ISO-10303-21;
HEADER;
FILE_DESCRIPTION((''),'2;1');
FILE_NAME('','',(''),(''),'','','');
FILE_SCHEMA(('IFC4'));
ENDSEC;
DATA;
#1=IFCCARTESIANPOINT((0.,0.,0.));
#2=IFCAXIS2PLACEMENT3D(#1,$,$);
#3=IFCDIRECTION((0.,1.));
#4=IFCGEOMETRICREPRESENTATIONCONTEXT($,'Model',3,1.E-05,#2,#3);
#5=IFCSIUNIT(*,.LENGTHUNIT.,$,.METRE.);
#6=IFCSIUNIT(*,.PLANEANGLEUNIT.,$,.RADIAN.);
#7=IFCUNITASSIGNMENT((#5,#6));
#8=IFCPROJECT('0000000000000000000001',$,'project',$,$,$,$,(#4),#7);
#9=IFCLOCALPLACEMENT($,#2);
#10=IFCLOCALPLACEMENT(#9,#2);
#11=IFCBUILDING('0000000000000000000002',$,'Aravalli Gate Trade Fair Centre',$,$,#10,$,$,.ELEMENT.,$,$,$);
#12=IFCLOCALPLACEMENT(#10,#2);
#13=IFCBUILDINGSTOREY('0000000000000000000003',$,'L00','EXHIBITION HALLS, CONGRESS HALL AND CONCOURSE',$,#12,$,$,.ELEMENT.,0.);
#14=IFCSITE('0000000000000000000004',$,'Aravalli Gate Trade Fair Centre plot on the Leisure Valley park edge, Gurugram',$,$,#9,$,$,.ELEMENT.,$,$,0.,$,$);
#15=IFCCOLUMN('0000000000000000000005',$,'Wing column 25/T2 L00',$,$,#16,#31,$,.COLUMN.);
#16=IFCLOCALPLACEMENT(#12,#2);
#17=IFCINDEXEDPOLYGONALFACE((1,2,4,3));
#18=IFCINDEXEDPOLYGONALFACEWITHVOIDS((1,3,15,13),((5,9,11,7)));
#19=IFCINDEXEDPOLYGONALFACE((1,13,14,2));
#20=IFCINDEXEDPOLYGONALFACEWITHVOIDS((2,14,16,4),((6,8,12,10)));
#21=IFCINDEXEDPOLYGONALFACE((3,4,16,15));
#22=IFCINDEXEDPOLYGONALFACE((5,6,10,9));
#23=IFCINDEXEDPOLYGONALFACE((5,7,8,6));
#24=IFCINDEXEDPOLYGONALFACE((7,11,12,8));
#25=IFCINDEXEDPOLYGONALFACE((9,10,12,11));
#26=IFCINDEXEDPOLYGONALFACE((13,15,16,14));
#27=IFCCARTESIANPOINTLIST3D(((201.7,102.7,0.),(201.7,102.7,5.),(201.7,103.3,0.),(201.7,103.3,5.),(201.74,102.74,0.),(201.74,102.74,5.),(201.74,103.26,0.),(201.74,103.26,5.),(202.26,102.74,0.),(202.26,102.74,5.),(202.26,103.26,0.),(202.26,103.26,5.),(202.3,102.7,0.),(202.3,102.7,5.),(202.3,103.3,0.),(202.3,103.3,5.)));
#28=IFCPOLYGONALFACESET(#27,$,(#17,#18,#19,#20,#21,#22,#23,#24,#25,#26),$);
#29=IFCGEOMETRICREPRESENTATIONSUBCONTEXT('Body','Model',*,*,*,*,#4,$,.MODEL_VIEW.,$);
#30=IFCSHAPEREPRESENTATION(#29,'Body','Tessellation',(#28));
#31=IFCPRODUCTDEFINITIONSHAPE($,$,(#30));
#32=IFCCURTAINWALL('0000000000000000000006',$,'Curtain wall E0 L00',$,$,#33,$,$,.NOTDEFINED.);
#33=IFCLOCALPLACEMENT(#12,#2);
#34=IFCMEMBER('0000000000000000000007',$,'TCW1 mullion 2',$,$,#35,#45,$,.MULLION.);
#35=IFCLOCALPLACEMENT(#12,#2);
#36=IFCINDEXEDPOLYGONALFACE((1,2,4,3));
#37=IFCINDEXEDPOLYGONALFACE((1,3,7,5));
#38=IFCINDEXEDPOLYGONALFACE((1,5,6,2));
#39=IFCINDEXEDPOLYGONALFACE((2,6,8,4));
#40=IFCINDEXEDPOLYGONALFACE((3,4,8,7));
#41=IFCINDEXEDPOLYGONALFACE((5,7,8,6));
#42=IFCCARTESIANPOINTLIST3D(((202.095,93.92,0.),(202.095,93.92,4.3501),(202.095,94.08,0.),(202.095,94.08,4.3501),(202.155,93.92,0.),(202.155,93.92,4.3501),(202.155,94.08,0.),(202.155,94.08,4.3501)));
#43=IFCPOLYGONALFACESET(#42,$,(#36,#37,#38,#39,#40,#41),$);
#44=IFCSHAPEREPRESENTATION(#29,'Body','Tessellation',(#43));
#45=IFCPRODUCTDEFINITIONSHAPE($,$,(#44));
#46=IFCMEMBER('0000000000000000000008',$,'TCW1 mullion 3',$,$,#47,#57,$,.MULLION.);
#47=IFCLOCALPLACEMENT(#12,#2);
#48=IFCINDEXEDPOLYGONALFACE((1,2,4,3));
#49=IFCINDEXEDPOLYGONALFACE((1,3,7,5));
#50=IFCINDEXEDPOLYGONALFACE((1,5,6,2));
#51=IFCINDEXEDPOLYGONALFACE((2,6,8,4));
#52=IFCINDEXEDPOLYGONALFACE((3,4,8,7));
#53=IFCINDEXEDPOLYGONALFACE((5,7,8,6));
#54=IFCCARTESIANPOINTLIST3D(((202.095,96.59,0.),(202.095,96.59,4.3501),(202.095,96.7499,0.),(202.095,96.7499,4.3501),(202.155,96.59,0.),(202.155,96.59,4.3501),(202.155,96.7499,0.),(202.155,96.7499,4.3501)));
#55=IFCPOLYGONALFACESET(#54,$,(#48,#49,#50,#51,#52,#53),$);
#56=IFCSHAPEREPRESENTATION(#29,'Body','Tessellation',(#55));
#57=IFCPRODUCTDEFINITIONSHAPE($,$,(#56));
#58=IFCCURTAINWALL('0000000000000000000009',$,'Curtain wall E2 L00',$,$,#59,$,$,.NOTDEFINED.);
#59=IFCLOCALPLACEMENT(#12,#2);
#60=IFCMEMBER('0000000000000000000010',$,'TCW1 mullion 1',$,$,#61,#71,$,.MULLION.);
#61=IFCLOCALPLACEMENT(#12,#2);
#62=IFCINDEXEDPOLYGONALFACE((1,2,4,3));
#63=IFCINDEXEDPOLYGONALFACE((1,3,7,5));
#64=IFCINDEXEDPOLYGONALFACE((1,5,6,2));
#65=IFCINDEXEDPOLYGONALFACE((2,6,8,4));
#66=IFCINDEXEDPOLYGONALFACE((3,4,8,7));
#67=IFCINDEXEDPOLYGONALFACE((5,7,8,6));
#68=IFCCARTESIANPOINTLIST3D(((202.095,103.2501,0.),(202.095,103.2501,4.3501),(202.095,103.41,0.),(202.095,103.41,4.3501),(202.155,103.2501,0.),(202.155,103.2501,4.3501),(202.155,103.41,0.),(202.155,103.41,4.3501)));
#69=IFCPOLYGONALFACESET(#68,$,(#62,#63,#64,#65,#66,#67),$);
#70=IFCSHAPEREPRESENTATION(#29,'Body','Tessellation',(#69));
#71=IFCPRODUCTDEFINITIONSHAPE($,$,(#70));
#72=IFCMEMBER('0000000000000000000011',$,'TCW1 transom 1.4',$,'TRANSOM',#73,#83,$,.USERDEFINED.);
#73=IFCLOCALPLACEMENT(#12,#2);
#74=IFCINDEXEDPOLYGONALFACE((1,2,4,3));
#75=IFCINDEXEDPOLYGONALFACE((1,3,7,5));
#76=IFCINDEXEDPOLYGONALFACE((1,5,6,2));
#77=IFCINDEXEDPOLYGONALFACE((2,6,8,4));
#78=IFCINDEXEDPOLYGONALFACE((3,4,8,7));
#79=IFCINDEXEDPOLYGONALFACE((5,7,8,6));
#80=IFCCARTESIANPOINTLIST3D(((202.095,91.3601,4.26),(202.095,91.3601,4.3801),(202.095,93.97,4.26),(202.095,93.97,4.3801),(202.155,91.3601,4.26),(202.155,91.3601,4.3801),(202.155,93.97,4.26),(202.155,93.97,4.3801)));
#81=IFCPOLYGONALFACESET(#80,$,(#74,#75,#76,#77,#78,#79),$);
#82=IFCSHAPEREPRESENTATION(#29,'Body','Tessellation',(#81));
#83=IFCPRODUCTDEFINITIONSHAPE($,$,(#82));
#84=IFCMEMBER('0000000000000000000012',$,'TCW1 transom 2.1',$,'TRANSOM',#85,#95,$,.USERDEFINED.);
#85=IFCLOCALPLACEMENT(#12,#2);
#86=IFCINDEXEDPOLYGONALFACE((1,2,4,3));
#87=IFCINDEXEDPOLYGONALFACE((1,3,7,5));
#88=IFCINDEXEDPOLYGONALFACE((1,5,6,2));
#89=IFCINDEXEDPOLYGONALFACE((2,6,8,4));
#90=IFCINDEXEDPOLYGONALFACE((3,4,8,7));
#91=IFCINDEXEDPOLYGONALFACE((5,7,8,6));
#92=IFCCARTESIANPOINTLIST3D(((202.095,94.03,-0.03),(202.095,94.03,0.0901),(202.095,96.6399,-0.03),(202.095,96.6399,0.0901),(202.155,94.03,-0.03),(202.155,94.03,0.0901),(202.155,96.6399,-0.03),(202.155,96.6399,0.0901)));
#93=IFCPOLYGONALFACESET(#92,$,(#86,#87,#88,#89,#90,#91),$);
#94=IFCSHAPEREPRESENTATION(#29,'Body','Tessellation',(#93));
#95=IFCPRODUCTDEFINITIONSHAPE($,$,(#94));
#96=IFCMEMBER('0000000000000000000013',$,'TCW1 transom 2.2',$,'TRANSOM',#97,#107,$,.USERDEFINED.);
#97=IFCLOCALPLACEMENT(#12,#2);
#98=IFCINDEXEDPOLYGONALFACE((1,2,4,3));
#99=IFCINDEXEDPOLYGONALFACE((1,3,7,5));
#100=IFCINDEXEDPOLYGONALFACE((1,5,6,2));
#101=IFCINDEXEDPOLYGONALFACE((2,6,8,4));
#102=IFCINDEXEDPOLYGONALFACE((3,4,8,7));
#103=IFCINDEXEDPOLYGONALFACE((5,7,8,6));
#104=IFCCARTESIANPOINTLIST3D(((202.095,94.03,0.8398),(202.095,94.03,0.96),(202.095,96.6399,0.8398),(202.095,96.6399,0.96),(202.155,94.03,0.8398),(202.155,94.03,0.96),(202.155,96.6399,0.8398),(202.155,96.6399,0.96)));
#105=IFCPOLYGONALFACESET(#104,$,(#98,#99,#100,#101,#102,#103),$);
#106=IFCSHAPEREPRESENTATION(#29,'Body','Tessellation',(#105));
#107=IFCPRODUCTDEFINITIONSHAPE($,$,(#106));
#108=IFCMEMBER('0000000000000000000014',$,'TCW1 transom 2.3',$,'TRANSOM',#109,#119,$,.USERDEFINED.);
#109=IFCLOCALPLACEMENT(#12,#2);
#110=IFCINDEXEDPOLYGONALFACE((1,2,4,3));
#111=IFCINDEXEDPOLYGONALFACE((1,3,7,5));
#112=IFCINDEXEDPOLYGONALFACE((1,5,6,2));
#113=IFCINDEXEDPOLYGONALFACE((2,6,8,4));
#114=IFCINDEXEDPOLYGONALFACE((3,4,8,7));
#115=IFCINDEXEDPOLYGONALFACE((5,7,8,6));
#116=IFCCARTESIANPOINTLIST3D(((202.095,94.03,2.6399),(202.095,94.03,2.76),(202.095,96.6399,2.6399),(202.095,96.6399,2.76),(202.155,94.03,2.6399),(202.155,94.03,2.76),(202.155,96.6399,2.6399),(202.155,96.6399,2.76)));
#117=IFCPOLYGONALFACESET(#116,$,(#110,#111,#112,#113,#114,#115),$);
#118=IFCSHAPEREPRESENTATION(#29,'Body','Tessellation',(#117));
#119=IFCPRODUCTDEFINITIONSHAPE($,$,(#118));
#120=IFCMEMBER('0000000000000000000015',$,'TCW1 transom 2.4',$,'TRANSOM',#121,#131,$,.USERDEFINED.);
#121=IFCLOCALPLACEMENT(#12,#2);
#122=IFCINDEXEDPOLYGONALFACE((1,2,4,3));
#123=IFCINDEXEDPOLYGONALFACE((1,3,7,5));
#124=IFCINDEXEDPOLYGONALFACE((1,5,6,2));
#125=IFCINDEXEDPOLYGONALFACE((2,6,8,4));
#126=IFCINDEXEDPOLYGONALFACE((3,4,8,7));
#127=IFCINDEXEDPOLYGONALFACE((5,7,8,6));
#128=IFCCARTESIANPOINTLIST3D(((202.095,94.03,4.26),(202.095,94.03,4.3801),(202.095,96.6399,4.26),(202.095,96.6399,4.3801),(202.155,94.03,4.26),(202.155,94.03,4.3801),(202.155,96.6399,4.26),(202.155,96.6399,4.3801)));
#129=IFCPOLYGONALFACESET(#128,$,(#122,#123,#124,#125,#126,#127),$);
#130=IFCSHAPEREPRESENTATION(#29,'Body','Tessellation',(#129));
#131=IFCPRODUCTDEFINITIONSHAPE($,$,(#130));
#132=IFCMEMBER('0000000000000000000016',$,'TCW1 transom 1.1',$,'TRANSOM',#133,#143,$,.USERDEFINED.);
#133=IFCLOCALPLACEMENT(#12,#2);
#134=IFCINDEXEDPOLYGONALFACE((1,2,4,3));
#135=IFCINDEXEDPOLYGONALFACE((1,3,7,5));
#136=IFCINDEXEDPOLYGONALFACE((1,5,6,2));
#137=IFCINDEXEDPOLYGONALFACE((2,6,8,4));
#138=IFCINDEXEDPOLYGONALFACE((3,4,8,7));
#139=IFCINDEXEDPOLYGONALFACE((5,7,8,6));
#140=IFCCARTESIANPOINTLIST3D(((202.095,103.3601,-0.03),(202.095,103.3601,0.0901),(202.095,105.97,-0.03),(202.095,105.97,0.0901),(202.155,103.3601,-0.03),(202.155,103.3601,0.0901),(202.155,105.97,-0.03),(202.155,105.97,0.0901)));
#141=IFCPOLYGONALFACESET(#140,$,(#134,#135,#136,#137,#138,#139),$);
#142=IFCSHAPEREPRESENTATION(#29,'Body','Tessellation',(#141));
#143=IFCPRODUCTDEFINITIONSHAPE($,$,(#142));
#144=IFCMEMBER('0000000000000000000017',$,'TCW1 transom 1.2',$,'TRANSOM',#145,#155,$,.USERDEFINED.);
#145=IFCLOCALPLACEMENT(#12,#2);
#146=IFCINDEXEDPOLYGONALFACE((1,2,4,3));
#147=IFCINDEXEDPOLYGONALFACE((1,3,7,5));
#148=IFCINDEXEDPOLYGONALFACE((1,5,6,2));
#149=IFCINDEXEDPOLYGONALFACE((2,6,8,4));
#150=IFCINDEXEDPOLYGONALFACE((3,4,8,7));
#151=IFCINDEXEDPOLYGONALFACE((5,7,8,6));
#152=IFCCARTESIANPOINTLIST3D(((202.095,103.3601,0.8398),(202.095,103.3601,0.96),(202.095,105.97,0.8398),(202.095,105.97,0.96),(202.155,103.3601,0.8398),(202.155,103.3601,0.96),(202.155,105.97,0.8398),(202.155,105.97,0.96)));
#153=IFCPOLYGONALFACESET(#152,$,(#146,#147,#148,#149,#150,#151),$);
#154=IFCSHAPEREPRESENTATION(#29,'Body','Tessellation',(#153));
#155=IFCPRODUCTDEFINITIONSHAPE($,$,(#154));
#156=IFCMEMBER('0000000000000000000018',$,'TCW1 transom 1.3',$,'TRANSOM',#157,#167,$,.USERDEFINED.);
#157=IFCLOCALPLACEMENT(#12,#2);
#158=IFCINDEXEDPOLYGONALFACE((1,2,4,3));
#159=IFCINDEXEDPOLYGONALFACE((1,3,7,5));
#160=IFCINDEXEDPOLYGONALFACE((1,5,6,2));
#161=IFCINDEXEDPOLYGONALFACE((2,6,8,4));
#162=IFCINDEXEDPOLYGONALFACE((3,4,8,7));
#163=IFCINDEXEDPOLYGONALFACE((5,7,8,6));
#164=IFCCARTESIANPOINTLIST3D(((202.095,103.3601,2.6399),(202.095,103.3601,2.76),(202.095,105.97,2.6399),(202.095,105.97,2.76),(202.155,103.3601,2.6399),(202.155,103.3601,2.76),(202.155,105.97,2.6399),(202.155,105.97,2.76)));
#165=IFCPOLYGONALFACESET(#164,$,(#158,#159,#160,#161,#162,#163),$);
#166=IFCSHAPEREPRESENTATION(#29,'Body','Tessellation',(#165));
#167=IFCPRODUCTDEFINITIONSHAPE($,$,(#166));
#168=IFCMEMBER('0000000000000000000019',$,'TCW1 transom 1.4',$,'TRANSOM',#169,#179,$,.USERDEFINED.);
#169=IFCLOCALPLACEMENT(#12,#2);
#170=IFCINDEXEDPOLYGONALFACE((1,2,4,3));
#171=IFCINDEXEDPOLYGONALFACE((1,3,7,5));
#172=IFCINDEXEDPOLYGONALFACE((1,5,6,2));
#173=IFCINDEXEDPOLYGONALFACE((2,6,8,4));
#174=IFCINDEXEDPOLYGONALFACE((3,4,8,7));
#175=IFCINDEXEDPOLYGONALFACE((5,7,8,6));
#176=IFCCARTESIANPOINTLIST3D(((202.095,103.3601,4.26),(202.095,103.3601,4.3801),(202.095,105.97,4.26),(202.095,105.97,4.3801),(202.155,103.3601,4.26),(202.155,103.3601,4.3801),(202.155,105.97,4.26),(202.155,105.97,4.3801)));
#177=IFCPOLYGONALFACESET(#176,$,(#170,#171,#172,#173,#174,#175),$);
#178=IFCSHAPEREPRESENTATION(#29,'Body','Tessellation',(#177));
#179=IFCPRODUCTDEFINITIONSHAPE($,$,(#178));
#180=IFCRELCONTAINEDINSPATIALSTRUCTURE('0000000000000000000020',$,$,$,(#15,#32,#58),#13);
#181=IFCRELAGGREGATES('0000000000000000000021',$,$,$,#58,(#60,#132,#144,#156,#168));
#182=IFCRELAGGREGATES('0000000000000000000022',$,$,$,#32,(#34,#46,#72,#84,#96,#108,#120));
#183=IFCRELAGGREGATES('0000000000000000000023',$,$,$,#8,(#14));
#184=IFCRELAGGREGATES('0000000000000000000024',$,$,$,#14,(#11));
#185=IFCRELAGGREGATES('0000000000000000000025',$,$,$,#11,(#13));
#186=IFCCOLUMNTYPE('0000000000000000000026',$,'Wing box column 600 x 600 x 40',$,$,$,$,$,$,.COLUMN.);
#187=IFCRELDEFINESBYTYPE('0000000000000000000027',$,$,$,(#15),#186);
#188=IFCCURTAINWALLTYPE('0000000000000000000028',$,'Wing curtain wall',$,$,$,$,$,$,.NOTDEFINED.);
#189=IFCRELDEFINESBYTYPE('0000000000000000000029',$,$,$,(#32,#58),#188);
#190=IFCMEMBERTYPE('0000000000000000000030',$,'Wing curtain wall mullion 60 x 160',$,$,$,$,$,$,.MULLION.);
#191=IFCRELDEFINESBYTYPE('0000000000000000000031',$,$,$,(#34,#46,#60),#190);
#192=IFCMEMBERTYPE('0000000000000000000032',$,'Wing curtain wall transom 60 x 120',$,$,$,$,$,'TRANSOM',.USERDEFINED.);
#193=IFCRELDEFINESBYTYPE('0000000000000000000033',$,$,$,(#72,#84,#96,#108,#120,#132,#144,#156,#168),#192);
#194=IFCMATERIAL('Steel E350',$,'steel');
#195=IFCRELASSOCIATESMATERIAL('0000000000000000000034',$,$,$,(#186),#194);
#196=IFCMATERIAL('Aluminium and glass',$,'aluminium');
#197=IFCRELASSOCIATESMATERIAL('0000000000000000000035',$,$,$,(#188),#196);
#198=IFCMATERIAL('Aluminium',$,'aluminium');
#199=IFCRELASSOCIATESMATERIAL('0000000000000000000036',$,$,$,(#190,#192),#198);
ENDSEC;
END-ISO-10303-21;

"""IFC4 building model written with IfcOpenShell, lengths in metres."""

from ifc_helpers import new_model, si_unit, direction, frame, origin, origin_2d, place, context, subcontext, project, spatial, rectangle, hollow_rectangle, extrude, material, material_profile, profile_set, type_object, element, aggregate, save


model = new_model("IFC4")

# Units and contexts
model_context = context("Model", 3, precision=1e-05, world=origin(), true_north=direction((0.0, 1.0)))
body_context = subcontext(model_context, "Body", "Model", "MODEL_VIEW")
ifc_project = project(units=[si_unit("LENGTHUNIT", "METRE"), si_unit("PLANEANGLEUNIT", "RADIAN")], contexts=[model_context])

# Site, building, storey
site_placement = place(None, origin())
site = spatial("IfcSite", under=ifc_project, at=site_placement, Name="Aravalli Gate Trade Fair Centre plot on the Leisure Valley park edge, Gurugram", CompositionType="ELEMENT", RefElevation=0.0)
building_placement = place(site_placement, origin())
building = spatial("IfcBuilding", under=site, at=building_placement, Name="Aravalli Gate Trade Fair Centre", CompositionType="ELEMENT")
storey_placement = place(building_placement, origin())
storey = spatial("IfcBuildingStorey", under=building, at=storey_placement, Name="L00", Description="EXHIBITION HALLS, CONGRESS HALL AND CONCOURSE", CompositionType="ELEMENT", Elevation=0.0)

# Column
ifc_material_1 = material(Name="Steel E350", Category="steel")
ifc_material_profile_1 = material_profile(ifc_material_1, hollow_rectangle(XDim=0.6001, YDim=0.6001, WallThickness=0.04, at=origin_2d()), Name="BOX 600x600x40")
ifc_profile_set_1 = profile_set([ifc_material_profile_1], Name="Steel E350")
column_type = type_object("IfcColumnType", Name="Wing box column 600 x 600 x 40", PredefinedType="COLUMN", material=ifc_profile_set_1)
column_placement = place(storey_placement, frame((202.0, 103.0, 0.0), z_axis=(0.0, 0.0, 1.0), x_axis=(1.0, 0.0, 0.0)))
element("IfcColumn", 1, at=column_placement, inside=storey, type_object=column_type, Name="Wing column 25/T2 L00", PredefinedType="COLUMN", context=body_context, shape_type="SweptSolid", body=[
    extrude(hollow_rectangle(XDim=0.6001, YDim=0.6001, WallThickness=0.04, at=origin_2d()), origin(), (0.0, 0.0, 1.0), 5.0),
])

# Curtain wall, members
ifc_material_2 = material(Name="Aluminium and glass", Category="aluminium")
curtain_wall_type = type_object("IfcCurtainWallType", Name="Wing curtain wall", PredefinedType="NOTDEFINED", material=ifc_material_2)
curtain_wall_1_placement = place(storey_placement, origin())
curtain_wall_1 = element("IfcCurtainWall", 2, at=curtain_wall_1_placement, inside=storey, type_object=curtain_wall_type, Name="Curtain wall E0 L00", PredefinedType="NOTDEFINED")
ifc_material_3 = material(Name="Aluminium", Category="aluminium")
ifc_material_profile_2 = material_profile(ifc_material_3, rectangle(XDim=0.0601, YDim=0.1599, at=origin_2d()), Name="Wing curtain wall mullion 60 x 160")
ifc_profile_set_2 = profile_set([ifc_material_profile_2], Name="Aluminium")
member_type_1 = type_object("IfcMemberType", Name="Wing curtain wall mullion 60 x 160", PredefinedType="MULLION", material=ifc_profile_set_2)
member_1_placement = place(storey_placement, frame((202.125, 94.0, 0.0), z_axis=(0.0, 0.0, 1.0), x_axis=(-1.0, 0.0, 0.0)))
member_1 = element("IfcMember", 3, at=member_1_placement, type_object=member_type_1, Name="TCW1 mullion 2", PredefinedType="MULLION", context=body_context, shape_type="SweptSolid", body=[
    extrude(rectangle(XDim=0.0601, YDim=0.1599, at=origin_2d()), origin(), (0.0, 0.0, 1.0), 4.3501),
])
member_2_placement = place(storey_placement, frame((202.125, 96.6699, 0.0), z_axis=(0.0, 0.0, 1.0), x_axis=(-1.0, 0.0, 0.0)))
member_2 = element("IfcMember", 4, at=member_2_placement, type_object=member_type_1, Name="TCW1 mullion 3", PredefinedType="MULLION", context=body_context, shape_type="SweptSolid", body=[
    extrude(rectangle(XDim=0.0601, YDim=0.1599, at=origin_2d()), origin(), (0.0, 0.0, 1.0), 4.3501),
])

# Curtain wall, member
curtain_wall_2_placement = place(storey_placement, origin())
curtain_wall_2 = element("IfcCurtainWall", 5, at=curtain_wall_2_placement, inside=storey, type_object=curtain_wall_type, Name="Curtain wall E2 L00", PredefinedType="NOTDEFINED")
member_3_placement = place(storey_placement, frame((202.125, 103.3301, 0.0), z_axis=(0.0, 0.0, 1.0), x_axis=(-1.0, 0.0, 0.0)))
member_3 = element("IfcMember", 6, at=member_3_placement, type_object=member_type_1, Name="TCW1 mullion 1", PredefinedType="MULLION", context=body_context, shape_type="SweptSolid", body=[
    extrude(rectangle(XDim=0.0601, YDim=0.1599, at=origin_2d()), origin(), (0.0, 0.0, 1.0), 4.3501),
])

# Members
ifc_material_profile_3 = material_profile(ifc_material_3, rectangle(XDim=0.0601, YDim=0.1201, at=origin_2d()), Name="Wing curtain wall transom 60 x 120")
ifc_profile_set_3 = profile_set([ifc_material_profile_3], Name="Aluminium")
member_type_2 = type_object("IfcMemberType", Name="Wing curtain wall transom 60 x 120", ElementType="TRANSOM", PredefinedType="USERDEFINED", material=ifc_profile_set_3)
member_4_placement = place(storey_placement, frame((202.125, 91.3601, 4.3201), z_axis=(0.0, 1.0, 0.0), x_axis=(-1.0, 0.0, 0.0)))
member_4 = element("IfcMember", 7, at=member_4_placement, type_object=member_type_2, Name="TCW1 transom 1.4", ObjectType="TRANSOM", PredefinedType="USERDEFINED", context=body_context, shape_type="SweptSolid", body=[
    extrude(rectangle(XDim=0.0601, YDim=0.1201, at=origin_2d()), origin(), (0.0, 0.0, 1.0), 2.6099),
])
member_5_placement = place(storey_placement, frame((202.125, 94.03, 0.03), z_axis=(0.0, 1.0, 0.0), x_axis=(-1.0, 0.0, 0.0)))
member_5 = element("IfcMember", 8, at=member_5_placement, type_object=member_type_2, Name="TCW1 transom 2.1", ObjectType="TRANSOM", PredefinedType="USERDEFINED", context=body_context, shape_type="SweptSolid", body=[
    extrude(rectangle(XDim=0.0601, YDim=0.1201, at=origin_2d()), origin(), (0.0, 0.0, 1.0), 2.6099),
])
member_6_placement = place(storey_placement, frame((202.125, 94.03, 0.8999), z_axis=(0.0, 1.0, 0.0), x_axis=(-1.0, 0.0, 0.0)))
member_6 = element("IfcMember", 9, at=member_6_placement, type_object=member_type_2, Name="TCW1 transom 2.2", ObjectType="TRANSOM", PredefinedType="USERDEFINED", context=body_context, shape_type="SweptSolid", body=[
    extrude(rectangle(XDim=0.0601, YDim=0.1201, at=origin_2d()), origin(), (0.0, 0.0, 1.0), 2.6099),
])
member_7_placement = place(storey_placement, frame((202.125, 94.03, 2.7), z_axis=(0.0, 1.0, 0.0), x_axis=(-1.0, 0.0, 0.0)))
member_7 = element("IfcMember", 10, at=member_7_placement, type_object=member_type_2, Name="TCW1 transom 2.3", ObjectType="TRANSOM", PredefinedType="USERDEFINED", context=body_context, shape_type="SweptSolid", body=[
    extrude(rectangle(XDim=0.0601, YDim=0.1201, at=origin_2d()), origin(), (0.0, 0.0, 1.0), 2.6099),
])
member_8_placement = place(storey_placement, frame((202.125, 94.03, 4.3201), z_axis=(0.0, 1.0, 0.0), x_axis=(-1.0, 0.0, 0.0)))
member_8 = element("IfcMember", 11, at=member_8_placement, type_object=member_type_2, Name="TCW1 transom 2.4", ObjectType="TRANSOM", PredefinedType="USERDEFINED", context=body_context, shape_type="SweptSolid", body=[
    extrude(rectangle(XDim=0.0601, YDim=0.1201, at=origin_2d()), origin(), (0.0, 0.0, 1.0), 2.6099),
])
member_9_placement = place(storey_placement, frame((202.125, 103.3601, 0.03), z_axis=(0.0, 1.0, 0.0), x_axis=(-1.0, 0.0, 0.0)))
member_9 = element("IfcMember", 12, at=member_9_placement, type_object=member_type_2, Name="TCW1 transom 1.1", ObjectType="TRANSOM", PredefinedType="USERDEFINED", context=body_context, shape_type="SweptSolid", body=[
    extrude(rectangle(XDim=0.0601, YDim=0.1201, at=origin_2d()), origin(), (0.0, 0.0, 1.0), 2.6099),
])
member_10_placement = place(storey_placement, frame((202.125, 103.3601, 0.8999), z_axis=(0.0, 1.0, 0.0), x_axis=(-1.0, 0.0, 0.0)))
member_10 = element("IfcMember", 13, at=member_10_placement, type_object=member_type_2, Name="TCW1 transom 1.2", ObjectType="TRANSOM", PredefinedType="USERDEFINED", context=body_context, shape_type="SweptSolid", body=[
    extrude(rectangle(XDim=0.0601, YDim=0.1201, at=origin_2d()), origin(), (0.0, 0.0, 1.0), 2.6099),
])
member_11_placement = place(storey_placement, frame((202.125, 103.3601, 2.7), z_axis=(0.0, 1.0, 0.0), x_axis=(-1.0, 0.0, 0.0)))
member_11 = element("IfcMember", 14, at=member_11_placement, type_object=member_type_2, Name="TCW1 transom 1.3", ObjectType="TRANSOM", PredefinedType="USERDEFINED", context=body_context, shape_type="SweptSolid", body=[
    extrude(rectangle(XDim=0.0601, YDim=0.1201, at=origin_2d()), origin(), (0.0, 0.0, 1.0), 2.6099),
])
member_12_placement = place(storey_placement, frame((202.125, 103.3601, 4.3201), z_axis=(0.0, 1.0, 0.0), x_axis=(-1.0, 0.0, 0.0)))
member_12 = element("IfcMember", 15, at=member_12_placement, type_object=member_type_2, Name="TCW1 transom 1.4", ObjectType="TRANSOM", PredefinedType="USERDEFINED", context=body_context, shape_type="SweptSolid", body=[
    extrude(rectangle(XDim=0.0601, YDim=0.1201, at=origin_2d()), origin(), (0.0, 0.0, 1.0), 2.6099),
])
aggregate(curtain_wall_2, [member_3, member_9, member_10, member_11, member_12])

aggregate(curtain_wall_1, [member_1, member_2, member_4, member_5, member_6, member_7, member_8])

save(model, "model.ifc")
